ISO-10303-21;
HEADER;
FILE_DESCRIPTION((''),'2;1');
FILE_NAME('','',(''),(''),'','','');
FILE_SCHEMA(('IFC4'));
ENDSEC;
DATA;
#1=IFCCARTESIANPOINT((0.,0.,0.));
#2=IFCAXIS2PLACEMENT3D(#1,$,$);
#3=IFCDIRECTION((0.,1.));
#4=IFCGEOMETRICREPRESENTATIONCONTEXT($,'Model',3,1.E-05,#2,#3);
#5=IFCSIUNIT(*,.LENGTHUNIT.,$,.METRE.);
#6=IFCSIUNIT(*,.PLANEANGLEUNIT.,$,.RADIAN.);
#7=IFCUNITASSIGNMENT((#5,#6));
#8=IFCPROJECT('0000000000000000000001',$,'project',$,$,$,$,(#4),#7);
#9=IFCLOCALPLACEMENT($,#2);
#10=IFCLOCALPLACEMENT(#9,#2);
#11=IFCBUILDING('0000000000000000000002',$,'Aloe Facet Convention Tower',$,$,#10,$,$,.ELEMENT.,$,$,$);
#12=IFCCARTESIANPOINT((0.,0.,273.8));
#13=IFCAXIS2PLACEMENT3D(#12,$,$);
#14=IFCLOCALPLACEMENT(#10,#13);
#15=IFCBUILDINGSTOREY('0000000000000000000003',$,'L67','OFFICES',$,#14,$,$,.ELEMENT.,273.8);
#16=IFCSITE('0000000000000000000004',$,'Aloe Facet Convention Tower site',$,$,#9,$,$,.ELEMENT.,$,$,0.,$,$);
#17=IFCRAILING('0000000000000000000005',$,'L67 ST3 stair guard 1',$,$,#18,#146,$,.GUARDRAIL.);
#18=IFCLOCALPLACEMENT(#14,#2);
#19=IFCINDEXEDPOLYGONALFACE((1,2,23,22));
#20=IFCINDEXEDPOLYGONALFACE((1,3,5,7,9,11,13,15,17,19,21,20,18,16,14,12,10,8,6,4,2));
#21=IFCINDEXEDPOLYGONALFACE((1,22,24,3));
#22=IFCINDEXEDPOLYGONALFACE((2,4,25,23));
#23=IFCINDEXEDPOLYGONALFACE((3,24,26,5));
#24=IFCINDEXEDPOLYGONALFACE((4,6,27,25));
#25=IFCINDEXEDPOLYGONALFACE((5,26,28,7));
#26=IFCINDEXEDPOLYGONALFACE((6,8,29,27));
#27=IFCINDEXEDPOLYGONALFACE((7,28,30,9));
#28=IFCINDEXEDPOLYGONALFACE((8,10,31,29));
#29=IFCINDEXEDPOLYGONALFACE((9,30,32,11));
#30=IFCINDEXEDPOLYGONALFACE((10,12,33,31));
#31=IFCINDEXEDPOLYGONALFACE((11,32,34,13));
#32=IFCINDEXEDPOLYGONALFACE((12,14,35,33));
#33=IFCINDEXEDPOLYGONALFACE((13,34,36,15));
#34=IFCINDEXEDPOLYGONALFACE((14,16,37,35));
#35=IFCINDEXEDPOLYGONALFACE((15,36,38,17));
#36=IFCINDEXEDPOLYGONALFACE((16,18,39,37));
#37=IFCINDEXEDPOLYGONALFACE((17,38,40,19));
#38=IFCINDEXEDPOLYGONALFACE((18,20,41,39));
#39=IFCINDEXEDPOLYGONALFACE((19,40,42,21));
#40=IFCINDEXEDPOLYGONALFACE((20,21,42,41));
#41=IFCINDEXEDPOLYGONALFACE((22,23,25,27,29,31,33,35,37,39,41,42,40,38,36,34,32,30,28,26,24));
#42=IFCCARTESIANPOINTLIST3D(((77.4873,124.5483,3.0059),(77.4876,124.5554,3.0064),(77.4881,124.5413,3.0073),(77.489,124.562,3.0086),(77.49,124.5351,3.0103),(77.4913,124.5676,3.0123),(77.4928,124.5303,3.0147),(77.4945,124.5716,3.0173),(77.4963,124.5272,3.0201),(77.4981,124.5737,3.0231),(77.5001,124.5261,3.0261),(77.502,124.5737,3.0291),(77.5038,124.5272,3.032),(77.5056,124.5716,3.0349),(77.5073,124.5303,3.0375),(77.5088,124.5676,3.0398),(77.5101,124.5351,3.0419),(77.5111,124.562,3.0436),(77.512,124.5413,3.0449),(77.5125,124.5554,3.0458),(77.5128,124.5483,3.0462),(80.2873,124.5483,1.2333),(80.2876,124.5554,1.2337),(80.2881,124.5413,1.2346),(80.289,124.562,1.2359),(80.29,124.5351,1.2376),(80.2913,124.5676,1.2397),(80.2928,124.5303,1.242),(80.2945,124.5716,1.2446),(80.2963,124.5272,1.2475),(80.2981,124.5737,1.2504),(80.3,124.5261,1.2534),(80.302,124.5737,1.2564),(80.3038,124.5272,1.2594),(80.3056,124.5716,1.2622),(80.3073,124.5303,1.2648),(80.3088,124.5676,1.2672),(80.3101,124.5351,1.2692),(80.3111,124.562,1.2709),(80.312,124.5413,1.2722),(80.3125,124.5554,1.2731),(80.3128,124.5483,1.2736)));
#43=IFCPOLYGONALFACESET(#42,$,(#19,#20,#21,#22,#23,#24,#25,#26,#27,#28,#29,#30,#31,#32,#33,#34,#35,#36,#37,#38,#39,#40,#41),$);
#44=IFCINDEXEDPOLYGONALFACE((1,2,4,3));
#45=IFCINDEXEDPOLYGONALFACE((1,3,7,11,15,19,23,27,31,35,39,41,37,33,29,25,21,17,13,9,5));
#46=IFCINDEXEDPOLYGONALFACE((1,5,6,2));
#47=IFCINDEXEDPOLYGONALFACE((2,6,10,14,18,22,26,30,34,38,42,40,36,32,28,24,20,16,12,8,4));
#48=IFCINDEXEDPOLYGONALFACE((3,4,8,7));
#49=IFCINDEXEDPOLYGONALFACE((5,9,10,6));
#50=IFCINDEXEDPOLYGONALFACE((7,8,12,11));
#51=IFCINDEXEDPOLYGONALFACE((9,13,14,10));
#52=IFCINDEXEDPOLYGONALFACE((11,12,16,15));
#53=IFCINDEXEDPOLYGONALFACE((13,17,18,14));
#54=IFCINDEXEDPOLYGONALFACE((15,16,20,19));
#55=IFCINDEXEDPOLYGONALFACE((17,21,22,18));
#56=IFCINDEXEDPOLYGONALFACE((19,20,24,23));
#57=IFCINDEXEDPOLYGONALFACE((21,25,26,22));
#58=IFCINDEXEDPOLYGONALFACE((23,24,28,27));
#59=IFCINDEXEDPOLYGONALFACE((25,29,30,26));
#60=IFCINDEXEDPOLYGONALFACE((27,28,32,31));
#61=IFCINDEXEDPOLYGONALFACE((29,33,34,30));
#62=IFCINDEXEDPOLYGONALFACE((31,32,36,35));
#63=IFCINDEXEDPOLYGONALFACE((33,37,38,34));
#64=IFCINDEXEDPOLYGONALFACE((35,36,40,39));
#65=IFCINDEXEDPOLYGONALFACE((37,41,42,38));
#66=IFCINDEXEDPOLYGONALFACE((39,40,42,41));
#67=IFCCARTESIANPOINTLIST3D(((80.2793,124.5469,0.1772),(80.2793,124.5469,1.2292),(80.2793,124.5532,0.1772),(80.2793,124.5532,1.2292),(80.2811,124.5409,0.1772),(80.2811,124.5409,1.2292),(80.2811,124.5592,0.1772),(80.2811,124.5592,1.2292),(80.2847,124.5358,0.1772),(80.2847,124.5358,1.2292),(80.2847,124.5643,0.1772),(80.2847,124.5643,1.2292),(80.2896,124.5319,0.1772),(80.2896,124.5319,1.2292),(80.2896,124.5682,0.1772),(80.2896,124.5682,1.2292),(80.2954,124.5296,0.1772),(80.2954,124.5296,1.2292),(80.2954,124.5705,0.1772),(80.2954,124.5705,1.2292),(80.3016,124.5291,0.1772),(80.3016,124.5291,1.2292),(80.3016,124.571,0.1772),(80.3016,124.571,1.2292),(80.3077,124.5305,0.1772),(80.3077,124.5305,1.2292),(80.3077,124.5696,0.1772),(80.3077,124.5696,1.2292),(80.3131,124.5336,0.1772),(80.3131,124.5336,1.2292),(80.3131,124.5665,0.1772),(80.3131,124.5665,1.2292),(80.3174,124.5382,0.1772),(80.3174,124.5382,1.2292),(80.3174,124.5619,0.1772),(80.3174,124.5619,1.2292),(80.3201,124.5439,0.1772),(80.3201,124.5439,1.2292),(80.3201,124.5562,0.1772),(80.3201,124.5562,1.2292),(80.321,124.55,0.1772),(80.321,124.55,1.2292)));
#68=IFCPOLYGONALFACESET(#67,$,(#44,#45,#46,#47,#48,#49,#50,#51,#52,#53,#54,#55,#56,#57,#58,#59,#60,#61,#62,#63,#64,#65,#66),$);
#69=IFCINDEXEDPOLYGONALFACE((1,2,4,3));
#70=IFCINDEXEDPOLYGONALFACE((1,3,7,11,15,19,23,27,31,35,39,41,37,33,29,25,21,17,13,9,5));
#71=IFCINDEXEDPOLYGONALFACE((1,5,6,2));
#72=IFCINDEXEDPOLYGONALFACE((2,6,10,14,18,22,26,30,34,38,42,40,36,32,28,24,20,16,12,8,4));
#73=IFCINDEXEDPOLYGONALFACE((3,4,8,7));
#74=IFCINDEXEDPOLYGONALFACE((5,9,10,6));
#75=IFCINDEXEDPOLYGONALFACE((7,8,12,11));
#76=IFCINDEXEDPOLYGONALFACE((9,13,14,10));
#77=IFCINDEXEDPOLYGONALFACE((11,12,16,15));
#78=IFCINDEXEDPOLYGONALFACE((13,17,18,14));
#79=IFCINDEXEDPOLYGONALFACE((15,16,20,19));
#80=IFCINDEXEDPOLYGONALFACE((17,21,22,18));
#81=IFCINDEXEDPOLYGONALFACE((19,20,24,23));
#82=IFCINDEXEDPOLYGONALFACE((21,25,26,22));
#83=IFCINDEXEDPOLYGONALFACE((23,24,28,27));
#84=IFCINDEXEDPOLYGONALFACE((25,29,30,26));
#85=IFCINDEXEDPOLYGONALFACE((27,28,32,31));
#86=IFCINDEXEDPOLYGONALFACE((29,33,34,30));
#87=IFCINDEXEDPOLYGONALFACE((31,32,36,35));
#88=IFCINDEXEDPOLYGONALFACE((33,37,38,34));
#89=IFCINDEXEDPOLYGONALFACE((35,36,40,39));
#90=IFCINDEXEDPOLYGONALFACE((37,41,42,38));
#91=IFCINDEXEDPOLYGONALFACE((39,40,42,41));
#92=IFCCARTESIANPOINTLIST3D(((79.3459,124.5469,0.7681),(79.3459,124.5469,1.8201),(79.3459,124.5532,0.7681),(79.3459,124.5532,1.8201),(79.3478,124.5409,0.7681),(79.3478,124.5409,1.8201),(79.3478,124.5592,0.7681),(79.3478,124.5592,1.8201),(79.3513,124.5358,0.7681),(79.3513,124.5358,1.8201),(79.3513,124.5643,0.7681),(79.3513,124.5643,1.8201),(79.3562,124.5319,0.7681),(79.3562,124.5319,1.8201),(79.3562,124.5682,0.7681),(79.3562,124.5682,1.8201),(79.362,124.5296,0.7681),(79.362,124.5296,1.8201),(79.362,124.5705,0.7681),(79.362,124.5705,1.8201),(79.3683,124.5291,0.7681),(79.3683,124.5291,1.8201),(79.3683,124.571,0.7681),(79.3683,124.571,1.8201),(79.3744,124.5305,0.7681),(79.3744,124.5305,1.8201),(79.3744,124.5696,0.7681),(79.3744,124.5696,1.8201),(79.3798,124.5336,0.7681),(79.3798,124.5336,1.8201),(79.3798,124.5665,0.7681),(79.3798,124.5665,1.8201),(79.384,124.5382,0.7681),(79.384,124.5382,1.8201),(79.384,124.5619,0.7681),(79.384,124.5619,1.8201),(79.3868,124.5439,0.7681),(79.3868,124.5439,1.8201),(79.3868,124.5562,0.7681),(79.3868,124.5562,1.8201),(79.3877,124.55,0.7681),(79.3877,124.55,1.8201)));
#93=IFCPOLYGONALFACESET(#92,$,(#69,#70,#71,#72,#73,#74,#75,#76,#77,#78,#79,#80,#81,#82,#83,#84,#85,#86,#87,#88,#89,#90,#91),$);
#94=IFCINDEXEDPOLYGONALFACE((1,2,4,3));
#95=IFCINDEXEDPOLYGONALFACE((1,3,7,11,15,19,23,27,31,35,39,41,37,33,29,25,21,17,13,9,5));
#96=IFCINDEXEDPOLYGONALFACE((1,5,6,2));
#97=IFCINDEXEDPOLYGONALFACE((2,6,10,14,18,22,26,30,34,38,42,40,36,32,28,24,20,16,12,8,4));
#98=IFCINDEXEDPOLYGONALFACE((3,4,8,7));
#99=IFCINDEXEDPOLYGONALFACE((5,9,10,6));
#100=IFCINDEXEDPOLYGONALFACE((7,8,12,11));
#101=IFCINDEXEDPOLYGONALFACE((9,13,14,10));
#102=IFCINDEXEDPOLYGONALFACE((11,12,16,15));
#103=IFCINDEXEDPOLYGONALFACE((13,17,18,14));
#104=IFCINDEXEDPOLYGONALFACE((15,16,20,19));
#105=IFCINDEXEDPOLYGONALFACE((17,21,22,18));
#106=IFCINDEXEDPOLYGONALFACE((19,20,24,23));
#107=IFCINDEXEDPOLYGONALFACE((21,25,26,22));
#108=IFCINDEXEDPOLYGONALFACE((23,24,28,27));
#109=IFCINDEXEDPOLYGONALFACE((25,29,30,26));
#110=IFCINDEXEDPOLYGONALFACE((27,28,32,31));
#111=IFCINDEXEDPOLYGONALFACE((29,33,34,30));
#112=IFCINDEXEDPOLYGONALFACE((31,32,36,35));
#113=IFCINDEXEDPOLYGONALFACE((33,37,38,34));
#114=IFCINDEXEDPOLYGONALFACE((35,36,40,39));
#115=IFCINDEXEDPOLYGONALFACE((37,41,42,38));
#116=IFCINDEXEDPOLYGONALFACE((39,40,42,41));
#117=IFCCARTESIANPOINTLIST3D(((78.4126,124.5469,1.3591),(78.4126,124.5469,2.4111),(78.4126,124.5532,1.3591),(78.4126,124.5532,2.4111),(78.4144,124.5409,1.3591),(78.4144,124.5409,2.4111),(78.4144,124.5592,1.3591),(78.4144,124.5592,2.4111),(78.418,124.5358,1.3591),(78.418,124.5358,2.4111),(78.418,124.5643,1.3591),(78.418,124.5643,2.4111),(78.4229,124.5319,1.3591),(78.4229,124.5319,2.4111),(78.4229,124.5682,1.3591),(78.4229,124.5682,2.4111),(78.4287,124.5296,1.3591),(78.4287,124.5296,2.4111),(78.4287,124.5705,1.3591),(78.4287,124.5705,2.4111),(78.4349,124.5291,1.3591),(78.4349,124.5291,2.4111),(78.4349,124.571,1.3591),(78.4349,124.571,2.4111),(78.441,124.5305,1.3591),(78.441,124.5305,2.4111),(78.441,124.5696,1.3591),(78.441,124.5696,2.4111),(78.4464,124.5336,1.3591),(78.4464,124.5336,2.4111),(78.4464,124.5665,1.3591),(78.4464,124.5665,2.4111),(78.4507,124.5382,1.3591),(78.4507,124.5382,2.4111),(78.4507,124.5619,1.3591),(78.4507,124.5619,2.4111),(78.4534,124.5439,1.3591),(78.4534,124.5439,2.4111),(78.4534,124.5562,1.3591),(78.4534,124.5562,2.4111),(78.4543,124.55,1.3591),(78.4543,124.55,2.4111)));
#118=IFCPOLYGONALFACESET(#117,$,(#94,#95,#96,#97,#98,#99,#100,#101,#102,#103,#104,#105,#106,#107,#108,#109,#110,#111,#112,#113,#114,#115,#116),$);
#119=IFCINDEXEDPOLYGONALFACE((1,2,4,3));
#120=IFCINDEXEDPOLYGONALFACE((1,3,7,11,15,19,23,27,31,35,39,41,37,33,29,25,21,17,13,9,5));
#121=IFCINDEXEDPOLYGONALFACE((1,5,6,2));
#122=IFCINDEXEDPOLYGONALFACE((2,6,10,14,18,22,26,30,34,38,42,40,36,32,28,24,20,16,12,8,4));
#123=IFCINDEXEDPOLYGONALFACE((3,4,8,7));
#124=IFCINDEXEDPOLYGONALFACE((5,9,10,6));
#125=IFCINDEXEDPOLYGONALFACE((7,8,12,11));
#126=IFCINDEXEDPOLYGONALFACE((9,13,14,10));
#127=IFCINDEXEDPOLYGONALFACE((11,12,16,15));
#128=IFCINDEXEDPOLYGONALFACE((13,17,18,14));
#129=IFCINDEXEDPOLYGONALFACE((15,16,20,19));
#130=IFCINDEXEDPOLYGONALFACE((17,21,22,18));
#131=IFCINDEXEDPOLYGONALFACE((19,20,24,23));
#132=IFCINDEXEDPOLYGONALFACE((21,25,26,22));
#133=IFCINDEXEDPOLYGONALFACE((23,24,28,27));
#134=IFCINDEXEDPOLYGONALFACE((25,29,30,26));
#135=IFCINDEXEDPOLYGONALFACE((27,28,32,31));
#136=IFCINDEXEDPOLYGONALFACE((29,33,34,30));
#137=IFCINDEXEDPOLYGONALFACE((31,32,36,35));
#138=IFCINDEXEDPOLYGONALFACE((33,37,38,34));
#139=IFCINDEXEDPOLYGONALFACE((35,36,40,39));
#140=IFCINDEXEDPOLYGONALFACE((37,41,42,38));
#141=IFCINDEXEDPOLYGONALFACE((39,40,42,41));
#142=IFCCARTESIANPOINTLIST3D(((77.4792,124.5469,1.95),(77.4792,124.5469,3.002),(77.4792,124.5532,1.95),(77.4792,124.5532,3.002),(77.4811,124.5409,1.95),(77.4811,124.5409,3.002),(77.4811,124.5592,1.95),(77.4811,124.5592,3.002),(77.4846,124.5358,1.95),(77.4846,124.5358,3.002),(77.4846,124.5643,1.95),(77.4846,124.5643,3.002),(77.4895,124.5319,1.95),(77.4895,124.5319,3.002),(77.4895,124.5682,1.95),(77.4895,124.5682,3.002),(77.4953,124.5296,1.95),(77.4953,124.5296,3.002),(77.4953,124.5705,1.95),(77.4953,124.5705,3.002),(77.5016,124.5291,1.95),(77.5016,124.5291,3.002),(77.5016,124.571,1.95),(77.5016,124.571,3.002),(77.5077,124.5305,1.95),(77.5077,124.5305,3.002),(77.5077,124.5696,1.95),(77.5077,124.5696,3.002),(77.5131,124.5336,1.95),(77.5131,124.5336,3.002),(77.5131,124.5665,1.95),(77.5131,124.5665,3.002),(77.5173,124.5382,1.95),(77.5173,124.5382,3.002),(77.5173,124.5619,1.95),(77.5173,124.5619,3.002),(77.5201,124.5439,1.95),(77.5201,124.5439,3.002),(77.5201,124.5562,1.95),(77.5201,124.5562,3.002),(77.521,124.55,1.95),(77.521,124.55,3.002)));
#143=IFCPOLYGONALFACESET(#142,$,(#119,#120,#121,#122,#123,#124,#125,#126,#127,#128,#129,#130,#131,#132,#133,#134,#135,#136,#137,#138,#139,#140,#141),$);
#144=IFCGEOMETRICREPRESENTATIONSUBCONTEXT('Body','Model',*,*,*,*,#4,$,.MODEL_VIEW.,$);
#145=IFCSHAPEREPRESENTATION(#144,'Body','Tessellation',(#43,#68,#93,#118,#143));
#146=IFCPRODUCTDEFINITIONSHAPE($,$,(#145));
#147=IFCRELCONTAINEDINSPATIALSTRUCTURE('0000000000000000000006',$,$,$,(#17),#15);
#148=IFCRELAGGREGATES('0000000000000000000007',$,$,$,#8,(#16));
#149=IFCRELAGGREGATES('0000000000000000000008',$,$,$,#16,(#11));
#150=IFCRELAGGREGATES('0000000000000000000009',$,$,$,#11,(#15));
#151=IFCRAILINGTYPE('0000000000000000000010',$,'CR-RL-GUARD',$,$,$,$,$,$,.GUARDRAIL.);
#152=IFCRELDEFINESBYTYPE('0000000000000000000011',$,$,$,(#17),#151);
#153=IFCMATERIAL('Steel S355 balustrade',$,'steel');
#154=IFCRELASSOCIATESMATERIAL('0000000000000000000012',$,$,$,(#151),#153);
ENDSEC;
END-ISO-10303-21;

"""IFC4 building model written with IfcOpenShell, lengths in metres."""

from ifc_helpers import new_model, si_unit, direction, frame, origin, origin_2d, place, context, subcontext, project, spatial, circle, extrude, material, type_object, element, save


model = new_model("IFC4")

# Units and contexts
model_context = context("Model", 3, precision=1e-05, world=origin(), true_north=direction((0.0, 1.0)))
body_context = subcontext(model_context, "Body", "Model", "MODEL_VIEW")
ifc_project = project(units=[si_unit("LENGTHUNIT", "METRE"), si_unit("PLANEANGLEUNIT", "RADIAN")], contexts=[model_context])

# Site, building, storey
site_placement = place(None, origin())
site = spatial("IfcSite", under=ifc_project, at=site_placement, Name="Aloe Facet Convention Tower site", CompositionType="ELEMENT", RefElevation=0.0)
building_placement = place(site_placement, origin())
building = spatial("IfcBuilding", under=site, at=building_placement, Name="Aloe Facet Convention Tower", CompositionType="ELEMENT")
storey_placement = place(building_placement, frame((0.0, 0.0, 273.8)))
storey = spatial("IfcBuildingStorey", under=building, at=storey_placement, Name="L67", Description="OFFICES", CompositionType="ELEMENT", Elevation=273.8)

# Railing
ifc_material_1 = material(Name="Steel S355 balustrade", Category="steel")
railing_type_1 = type_object("IfcRailingType", Name="CR-RL-GUARD", PredefinedType="GUARDRAIL", material=ifc_material_1)
railing_1_placement = place(storey_placement, frame((80.3, 124.55, 0.1772)))
element("IfcRailing", 1, at=railing_1_placement, inside=storey, type_object=railing_type_1, Name="L67 ST3 stair guard 1", PredefinedType="GUARDRAIL", context=body_context, shape_type="SweptSolid", body=[
    extrude(circle(Radius=0.0239, at=origin_2d()), frame((0.0, 0.0, 1.0762), z_axis=(-0.844909, 0.0, 0.53491), x_axis=(0.0, -1.0, 0.0)), (0.0, 0.0, 1.0), 3.314),
    extrude(circle(Radius=0.021, at=origin_2d()), origin(), (0.0, 0.0, 1.0), 1.052),
    extrude(circle(Radius=0.021, at=origin_2d()), frame((-0.9333, 0.0, 0.5908)), (0.0, 0.0, 1.0), 1.052),
    extrude(circle(Radius=0.021, at=origin_2d()), frame((-1.8667, 0.0, 1.1819)), (0.0, 0.0, 1.0), 1.052),
    extrude(circle(Radius=0.021, at=origin_2d()), frame((-2.8, 0.0, 1.7727)), (0.0, 0.0, 1.0), 1.052),
])

save(model, "model.ifc")
